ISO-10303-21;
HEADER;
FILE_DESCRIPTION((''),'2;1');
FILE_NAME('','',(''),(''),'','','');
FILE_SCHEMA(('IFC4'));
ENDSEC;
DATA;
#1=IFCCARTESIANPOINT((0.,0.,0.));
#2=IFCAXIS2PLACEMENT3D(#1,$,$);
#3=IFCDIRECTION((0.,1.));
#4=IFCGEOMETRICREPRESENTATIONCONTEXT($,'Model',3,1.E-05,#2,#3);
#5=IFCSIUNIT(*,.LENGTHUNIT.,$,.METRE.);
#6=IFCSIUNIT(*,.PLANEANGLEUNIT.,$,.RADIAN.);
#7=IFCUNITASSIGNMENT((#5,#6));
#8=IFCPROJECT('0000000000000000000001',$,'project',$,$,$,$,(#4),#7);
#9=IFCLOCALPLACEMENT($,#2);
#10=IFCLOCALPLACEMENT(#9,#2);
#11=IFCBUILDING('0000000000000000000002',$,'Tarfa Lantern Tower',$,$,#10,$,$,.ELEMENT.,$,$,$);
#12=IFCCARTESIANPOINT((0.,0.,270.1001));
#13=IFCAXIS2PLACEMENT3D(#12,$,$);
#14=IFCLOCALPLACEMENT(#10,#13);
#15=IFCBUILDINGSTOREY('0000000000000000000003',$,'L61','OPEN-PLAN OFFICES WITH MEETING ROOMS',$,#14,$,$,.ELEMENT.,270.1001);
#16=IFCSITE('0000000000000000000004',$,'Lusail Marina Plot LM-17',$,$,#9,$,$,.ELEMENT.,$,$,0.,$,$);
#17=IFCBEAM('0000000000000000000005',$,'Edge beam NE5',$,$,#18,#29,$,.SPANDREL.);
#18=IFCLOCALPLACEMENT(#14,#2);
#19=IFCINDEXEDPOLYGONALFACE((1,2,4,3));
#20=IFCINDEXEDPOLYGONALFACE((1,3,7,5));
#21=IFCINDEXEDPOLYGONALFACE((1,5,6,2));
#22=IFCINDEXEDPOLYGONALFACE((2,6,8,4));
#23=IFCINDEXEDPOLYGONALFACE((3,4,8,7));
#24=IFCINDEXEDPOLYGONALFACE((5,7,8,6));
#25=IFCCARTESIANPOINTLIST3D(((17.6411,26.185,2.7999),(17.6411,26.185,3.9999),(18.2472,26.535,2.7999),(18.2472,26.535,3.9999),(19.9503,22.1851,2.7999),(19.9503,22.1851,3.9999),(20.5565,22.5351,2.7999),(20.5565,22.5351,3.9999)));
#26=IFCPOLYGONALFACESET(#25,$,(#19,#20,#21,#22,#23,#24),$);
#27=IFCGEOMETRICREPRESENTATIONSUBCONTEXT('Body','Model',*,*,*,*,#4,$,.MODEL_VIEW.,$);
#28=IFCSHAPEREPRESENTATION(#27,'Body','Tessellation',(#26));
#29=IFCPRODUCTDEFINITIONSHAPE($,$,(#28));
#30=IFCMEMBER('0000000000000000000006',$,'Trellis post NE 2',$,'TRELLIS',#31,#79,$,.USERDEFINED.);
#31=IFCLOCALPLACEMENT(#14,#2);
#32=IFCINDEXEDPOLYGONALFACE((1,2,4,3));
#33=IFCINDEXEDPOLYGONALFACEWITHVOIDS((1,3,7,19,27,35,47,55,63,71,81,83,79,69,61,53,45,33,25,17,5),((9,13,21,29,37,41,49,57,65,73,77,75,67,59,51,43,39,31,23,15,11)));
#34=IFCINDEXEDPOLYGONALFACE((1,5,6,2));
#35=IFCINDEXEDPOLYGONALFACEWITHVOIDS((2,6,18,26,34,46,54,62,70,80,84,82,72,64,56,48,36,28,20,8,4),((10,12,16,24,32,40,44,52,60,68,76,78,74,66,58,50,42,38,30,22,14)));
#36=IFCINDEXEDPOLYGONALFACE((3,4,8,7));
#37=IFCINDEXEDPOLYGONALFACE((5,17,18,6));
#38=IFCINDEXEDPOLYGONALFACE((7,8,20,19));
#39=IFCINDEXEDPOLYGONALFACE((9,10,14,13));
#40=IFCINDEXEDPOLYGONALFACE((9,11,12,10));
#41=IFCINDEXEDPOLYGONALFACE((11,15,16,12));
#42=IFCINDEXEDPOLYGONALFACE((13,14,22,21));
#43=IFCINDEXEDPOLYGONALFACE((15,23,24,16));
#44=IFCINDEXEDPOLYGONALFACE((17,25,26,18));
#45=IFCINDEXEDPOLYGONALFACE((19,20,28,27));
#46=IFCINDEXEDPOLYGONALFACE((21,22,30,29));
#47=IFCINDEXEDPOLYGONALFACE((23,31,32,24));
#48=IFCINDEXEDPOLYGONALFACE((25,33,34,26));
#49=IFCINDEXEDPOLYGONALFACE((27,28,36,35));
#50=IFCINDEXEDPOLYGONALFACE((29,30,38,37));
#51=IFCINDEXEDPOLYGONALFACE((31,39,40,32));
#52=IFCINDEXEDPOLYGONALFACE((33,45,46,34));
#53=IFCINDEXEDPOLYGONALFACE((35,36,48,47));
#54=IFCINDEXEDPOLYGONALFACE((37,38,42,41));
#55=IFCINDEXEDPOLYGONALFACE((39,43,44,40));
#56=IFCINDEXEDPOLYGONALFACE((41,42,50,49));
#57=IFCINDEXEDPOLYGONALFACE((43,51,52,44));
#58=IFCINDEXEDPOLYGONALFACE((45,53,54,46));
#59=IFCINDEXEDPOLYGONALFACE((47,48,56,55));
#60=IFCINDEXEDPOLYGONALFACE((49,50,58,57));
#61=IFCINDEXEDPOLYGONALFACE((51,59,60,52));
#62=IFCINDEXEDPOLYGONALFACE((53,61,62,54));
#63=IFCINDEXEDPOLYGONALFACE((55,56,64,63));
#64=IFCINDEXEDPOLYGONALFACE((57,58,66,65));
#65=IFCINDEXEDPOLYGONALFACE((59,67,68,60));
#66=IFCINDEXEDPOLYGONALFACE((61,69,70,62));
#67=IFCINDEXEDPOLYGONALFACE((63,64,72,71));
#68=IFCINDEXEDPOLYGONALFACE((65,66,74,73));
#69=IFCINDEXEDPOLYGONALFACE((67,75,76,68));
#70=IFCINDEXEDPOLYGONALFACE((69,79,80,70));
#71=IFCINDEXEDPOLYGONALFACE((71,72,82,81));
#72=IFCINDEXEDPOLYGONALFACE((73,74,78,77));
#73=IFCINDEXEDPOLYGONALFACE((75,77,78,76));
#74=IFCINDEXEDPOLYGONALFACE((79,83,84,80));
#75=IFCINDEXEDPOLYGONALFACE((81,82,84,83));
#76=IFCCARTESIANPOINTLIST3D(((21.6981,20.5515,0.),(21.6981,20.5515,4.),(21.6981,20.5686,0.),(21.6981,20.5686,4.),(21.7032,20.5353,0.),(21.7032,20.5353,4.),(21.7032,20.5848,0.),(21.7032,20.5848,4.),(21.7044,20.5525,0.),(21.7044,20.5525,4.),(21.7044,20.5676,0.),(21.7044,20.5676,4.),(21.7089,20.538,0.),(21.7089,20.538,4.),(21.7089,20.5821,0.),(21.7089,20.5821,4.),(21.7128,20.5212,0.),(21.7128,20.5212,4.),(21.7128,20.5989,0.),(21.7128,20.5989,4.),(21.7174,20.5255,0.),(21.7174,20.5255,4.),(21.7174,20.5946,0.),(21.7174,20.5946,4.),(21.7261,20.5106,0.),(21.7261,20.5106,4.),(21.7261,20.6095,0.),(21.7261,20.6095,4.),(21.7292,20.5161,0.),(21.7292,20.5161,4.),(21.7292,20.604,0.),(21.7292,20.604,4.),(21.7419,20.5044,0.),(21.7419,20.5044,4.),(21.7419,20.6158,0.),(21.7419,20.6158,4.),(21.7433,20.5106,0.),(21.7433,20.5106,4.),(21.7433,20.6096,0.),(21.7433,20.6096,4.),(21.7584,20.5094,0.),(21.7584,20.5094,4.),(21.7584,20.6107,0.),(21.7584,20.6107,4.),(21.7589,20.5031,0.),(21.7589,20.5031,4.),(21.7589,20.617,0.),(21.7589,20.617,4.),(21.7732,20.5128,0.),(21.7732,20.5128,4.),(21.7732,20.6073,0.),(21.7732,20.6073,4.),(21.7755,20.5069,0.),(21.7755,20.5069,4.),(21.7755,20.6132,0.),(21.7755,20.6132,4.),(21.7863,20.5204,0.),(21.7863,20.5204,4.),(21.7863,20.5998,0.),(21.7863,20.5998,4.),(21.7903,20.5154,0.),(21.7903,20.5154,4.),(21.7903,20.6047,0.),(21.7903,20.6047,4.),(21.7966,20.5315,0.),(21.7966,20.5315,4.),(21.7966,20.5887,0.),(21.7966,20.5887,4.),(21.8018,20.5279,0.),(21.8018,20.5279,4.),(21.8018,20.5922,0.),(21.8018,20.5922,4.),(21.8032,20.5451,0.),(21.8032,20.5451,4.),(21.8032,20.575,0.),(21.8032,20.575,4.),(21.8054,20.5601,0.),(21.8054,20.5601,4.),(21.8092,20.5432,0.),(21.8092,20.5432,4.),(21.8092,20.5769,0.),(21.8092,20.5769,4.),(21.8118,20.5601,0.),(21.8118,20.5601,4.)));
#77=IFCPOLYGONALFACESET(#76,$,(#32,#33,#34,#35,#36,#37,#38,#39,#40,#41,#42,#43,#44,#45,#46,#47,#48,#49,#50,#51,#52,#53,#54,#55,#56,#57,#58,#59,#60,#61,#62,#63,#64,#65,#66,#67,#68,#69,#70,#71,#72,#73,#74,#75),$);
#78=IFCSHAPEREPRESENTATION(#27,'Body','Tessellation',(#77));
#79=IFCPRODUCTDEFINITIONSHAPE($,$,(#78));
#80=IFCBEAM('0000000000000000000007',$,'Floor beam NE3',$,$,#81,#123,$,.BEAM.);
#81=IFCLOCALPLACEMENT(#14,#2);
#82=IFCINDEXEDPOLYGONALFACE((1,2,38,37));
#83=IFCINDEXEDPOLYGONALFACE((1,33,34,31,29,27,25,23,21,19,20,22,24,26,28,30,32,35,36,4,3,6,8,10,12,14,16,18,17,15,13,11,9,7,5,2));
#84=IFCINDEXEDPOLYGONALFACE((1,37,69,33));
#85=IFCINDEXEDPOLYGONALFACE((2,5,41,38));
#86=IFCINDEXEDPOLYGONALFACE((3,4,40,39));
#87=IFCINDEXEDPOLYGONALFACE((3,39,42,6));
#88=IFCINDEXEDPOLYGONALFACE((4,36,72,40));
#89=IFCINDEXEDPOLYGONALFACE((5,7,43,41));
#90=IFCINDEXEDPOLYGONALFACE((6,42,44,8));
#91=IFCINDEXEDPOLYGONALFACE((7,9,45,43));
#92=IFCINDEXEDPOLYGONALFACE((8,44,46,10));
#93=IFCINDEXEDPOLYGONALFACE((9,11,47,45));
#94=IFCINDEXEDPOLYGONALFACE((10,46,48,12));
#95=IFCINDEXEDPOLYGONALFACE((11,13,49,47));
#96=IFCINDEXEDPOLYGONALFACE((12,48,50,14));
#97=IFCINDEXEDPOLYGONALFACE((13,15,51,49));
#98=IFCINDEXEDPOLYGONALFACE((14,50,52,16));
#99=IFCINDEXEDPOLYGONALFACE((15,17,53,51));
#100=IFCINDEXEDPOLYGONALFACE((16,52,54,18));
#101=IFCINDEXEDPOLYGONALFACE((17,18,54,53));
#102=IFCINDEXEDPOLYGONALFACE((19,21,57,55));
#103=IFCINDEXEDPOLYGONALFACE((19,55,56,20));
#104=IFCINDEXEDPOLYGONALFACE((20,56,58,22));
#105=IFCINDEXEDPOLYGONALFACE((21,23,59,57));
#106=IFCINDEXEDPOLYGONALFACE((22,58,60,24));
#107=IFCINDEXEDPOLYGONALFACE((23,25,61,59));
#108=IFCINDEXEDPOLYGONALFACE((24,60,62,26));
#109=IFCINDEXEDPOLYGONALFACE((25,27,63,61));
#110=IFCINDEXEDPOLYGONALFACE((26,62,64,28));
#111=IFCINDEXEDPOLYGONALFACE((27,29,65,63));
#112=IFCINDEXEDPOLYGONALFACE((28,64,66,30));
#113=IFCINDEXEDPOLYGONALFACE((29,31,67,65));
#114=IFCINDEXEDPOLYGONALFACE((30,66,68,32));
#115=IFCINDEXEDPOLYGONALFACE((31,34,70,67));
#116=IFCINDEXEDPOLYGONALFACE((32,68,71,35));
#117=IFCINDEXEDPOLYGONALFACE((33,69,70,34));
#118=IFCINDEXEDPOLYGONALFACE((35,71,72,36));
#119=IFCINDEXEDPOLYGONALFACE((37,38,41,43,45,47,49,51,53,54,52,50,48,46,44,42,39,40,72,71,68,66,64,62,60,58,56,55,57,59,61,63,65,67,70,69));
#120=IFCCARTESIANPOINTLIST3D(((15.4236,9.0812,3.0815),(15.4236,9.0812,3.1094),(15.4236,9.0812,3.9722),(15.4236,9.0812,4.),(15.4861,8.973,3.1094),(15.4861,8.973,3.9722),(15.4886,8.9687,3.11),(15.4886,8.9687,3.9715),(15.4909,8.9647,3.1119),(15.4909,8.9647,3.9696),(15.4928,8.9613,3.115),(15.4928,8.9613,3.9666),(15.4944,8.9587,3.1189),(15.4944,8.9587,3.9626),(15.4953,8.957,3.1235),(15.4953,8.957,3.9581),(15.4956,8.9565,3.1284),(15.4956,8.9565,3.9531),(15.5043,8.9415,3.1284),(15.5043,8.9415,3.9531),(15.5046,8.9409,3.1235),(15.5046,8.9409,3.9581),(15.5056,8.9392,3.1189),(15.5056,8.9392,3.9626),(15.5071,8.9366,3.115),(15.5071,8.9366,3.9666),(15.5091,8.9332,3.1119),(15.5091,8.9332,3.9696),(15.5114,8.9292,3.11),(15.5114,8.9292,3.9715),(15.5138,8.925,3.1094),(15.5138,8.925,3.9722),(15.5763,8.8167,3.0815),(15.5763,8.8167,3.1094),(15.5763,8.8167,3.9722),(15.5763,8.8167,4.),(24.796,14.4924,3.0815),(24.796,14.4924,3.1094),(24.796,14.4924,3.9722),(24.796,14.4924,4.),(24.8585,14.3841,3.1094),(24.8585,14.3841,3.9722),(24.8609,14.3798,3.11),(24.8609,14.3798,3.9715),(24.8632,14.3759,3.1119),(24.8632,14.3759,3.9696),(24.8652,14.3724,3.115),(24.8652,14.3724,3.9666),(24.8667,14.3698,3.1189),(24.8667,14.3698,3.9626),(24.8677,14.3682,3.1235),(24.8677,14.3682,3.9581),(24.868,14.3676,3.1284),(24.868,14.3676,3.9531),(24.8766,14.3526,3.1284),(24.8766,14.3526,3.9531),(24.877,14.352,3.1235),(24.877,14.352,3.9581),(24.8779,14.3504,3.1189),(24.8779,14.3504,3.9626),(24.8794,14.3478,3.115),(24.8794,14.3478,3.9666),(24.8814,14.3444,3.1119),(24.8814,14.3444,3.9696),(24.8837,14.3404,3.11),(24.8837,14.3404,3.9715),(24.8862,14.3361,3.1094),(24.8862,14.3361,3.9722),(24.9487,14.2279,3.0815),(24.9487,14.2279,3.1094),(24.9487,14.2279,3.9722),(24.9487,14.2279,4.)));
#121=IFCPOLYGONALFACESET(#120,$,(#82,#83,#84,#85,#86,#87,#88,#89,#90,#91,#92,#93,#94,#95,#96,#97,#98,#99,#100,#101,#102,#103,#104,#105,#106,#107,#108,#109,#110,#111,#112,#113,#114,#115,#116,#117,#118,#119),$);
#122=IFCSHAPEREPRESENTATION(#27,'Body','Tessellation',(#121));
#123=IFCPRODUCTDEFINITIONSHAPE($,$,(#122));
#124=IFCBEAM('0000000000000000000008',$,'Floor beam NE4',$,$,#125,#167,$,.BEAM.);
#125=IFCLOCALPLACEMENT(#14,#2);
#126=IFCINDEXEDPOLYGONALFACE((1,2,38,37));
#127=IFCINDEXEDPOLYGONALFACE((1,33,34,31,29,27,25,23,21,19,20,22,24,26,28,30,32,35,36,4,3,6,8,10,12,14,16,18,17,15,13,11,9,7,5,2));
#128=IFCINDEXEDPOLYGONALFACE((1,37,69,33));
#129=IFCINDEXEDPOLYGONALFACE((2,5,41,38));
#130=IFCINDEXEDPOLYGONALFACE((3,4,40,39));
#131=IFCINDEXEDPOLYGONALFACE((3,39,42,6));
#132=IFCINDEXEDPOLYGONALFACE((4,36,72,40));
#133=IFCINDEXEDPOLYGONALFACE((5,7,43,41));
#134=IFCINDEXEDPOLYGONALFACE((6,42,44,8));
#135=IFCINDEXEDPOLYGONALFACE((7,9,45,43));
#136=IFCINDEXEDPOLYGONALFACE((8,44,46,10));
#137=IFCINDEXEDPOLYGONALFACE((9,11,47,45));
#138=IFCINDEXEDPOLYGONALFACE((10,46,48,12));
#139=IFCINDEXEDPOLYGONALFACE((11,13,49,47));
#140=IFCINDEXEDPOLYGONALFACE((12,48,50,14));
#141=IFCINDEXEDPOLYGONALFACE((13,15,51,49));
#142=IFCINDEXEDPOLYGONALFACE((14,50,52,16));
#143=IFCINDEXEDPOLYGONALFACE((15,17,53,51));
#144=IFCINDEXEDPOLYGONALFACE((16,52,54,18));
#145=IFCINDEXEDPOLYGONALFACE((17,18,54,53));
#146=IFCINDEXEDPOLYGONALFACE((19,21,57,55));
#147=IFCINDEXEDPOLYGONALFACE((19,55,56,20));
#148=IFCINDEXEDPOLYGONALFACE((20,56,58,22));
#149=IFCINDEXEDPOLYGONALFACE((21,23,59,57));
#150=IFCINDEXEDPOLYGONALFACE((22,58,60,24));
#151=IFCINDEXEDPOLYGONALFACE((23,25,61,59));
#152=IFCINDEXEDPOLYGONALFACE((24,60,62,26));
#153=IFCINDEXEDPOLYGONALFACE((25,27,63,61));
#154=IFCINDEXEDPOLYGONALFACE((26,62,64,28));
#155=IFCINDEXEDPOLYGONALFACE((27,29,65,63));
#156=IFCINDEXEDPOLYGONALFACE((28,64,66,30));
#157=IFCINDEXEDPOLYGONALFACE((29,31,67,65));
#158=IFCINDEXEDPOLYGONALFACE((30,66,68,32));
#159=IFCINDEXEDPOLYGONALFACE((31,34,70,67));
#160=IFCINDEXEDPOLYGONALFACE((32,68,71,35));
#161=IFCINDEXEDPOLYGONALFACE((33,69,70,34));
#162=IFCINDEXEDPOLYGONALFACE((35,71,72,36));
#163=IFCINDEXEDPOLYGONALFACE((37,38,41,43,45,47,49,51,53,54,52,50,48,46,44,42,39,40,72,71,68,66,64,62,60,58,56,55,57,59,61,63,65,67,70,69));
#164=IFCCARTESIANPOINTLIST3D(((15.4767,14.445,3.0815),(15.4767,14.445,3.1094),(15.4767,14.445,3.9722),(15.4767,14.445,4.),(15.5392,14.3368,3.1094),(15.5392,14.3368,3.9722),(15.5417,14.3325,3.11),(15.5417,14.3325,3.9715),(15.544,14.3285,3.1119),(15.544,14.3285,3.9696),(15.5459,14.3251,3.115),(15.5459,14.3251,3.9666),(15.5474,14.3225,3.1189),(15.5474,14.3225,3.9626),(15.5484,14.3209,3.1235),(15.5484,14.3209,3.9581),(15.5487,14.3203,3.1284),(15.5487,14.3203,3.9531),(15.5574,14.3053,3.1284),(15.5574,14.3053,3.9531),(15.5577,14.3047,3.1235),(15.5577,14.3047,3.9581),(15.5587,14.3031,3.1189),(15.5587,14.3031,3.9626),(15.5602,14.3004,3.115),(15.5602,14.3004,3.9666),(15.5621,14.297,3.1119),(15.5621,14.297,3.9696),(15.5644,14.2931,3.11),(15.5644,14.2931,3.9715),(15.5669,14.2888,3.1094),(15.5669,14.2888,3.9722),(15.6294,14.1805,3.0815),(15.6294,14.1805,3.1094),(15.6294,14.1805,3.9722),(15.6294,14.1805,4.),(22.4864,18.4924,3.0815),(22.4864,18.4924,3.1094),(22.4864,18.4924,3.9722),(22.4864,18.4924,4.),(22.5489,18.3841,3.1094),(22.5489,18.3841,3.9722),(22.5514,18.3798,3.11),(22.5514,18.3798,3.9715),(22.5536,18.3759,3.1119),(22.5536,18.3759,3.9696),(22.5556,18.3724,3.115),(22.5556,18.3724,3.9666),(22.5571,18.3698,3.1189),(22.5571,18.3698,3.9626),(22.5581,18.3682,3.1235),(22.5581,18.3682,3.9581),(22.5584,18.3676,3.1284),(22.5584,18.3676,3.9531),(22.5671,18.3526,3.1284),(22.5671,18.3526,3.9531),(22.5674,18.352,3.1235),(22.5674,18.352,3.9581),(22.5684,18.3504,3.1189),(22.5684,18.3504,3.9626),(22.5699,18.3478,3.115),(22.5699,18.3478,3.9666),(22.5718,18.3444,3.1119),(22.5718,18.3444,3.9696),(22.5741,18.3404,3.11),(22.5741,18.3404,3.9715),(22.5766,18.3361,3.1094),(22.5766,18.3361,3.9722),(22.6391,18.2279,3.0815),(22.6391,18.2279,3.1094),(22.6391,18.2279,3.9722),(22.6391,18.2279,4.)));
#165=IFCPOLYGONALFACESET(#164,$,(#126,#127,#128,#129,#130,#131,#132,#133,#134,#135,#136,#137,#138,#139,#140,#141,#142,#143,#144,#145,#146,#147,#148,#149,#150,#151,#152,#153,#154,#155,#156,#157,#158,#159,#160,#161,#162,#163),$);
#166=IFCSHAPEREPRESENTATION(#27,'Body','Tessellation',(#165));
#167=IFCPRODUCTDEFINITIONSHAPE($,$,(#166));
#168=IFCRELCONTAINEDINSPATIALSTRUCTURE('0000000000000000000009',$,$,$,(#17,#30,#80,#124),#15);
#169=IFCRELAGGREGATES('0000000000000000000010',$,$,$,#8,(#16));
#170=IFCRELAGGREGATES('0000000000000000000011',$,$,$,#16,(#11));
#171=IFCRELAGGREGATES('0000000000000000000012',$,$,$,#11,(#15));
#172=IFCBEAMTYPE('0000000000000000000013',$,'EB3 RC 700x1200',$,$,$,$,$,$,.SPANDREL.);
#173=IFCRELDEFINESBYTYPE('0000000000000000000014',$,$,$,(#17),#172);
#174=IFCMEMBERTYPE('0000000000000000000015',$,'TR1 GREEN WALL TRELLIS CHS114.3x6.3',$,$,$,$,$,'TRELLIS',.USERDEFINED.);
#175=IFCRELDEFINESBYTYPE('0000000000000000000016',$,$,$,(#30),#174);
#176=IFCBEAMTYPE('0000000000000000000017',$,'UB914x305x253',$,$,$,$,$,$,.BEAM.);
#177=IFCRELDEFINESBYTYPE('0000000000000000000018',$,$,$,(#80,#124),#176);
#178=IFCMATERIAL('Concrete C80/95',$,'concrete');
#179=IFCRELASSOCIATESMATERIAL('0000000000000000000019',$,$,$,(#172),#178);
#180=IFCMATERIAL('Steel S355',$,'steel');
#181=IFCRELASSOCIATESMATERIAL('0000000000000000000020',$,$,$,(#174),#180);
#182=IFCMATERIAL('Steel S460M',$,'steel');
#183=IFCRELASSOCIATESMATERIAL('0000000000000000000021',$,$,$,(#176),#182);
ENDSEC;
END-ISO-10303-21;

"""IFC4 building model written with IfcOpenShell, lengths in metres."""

from ifc_helpers import new_model, si_unit, direction, frame, origin, origin_2d, place, context, subcontext, project, spatial, rectangle, hollow_circle, i_section, extrude, material, material_profile, profile_set, type_object, element, save


model = new_model("IFC4")

# Units and contexts
model_context = context("Model", 3, precision=1e-05, world=origin(), true_north=direction((0.0, 1.0)))
body_context = subcontext(model_context, "Body", "Model", "MODEL_VIEW")
ifc_project = project(units=[si_unit("LENGTHUNIT", "METRE"), si_unit("PLANEANGLEUNIT", "RADIAN")], contexts=[model_context])

# Site, building, storey
site_placement = place(None, origin())
site = spatial("IfcSite", under=ifc_project, at=site_placement, Name="Lusail Marina Plot LM-17", CompositionType="ELEMENT", RefElevation=0.0)
building_placement = place(site_placement, origin())
building = spatial("IfcBuilding", under=site, at=building_placement, Name="Tarfa Lantern Tower", CompositionType="ELEMENT")
storey_placement = place(building_placement, frame((0.0, 0.0, 270.1001)))
storey = spatial("IfcBuildingStorey", under=building, at=storey_placement, Name="L61", Description="OPEN-PLAN OFFICES WITH MEETING ROOMS", CompositionType="ELEMENT", Elevation=270.1001)

# Shared definitions
ifc_material_1 = material(Name="Concrete C80/95", Category="concrete")

# Beam
ifc_material_profile_1 = material_profile(ifc_material_1, rectangle(XDim=0.7, YDim=1.2, at=origin_2d()), Name="RC 700x1200")
ifc_profile_set_1 = profile_set([ifc_material_profile_1], Name="Concrete C80/95")
beam_type_1 = type_object("IfcBeamType", Name="EB3 RC 700x1200", PredefinedType="SPANDREL", material=ifc_profile_set_1)
for number, where, z_axis, x_axis, name in (
    (1, (20.2534, 22.3601, 3.3999), (-0.499988, 0.866032, 0.0), (-0.866032, -0.499988, 0.0), "Edge beam NE5"),
):
    element("IfcBeam", number, at=place(storey_placement, frame(where, z_axis=z_axis, x_axis=x_axis)), inside=storey, type_object=beam_type_1, Name=name, PredefinedType="SPANDREL", context=body_context, shape_type="SweptSolid", body=[
        extrude(rectangle(XDim=0.7, YDim=1.2, at=origin_2d()), origin(), (0.0, 0.0, 1.0), 4.6187),
    ])

# Member
ifc_material_2 = material(Name="Steel S355", Category="steel")
ifc_material_profile_2 = material_profile(ifc_material_2, hollow_circle(Radius=0.0571, WallThickness=0.0063, at=origin_2d()), Name="CHS114.3x6.3")
ifc_profile_set_2 = profile_set([ifc_material_profile_2], Name="Steel S355")
member_type_1 = type_object("IfcMemberType", Name="TR1 GREEN WALL TRELLIS CHS114.3x6.3", ElementType="TRELLIS", PredefinedType="USERDEFINED", material=ifc_profile_set_2)
member_1_placement = place(storey_placement, frame((21.7546, 20.5601, 0.0), z_axis=(0.0, 0.0, 1.0), x_axis=(1.0, 0.0, 0.0)))
element("IfcMember", 2, at=member_1_placement, inside=storey, type_object=member_type_1, Name="Trellis post NE 2", ObjectType="TRELLIS", PredefinedType="USERDEFINED", context=body_context, shape_type="SweptSolid", body=[
    extrude(hollow_circle(Radius=0.0571, WallThickness=0.0063, at=origin_2d()), origin(), (0.0, 0.0, 1.0), 4.0),
])

# Beams
ifc_material_3 = material(Name="Steel S460M", Category="steel")
ifc_material_profile_3 = material_profile(ifc_material_3, i_section(OverallWidth=0.3054, OverallDepth=0.9185, WebThickness=0.0173, FlangeThickness=0.0278, FilletRadius=0.019, at=origin_2d()), Name="UB914x305x253")
ifc_profile_set_3 = profile_set([ifc_material_profile_3], Name="Steel S460M")
beam_type_2 = type_object("IfcBeamType", Name="UB914x305x253", PredefinedType="BEAM", material=ifc_profile_set_3)
beam_1_placement = place(storey_placement, frame((24.8723, 14.3601, 3.5408), z_axis=(-0.866024, -0.500002, 0.0), x_axis=(0.500002, -0.866024, 0.0)))
element("IfcBeam", 3, at=beam_1_placement, inside=storey, type_object=beam_type_2, Name="Floor beam NE3", PredefinedType="BEAM", context=body_context, shape_type="SweptSolid", body=[
    extrude(i_section(OverallWidth=0.3054, OverallDepth=0.9185, WebThickness=0.0173, FlangeThickness=0.0278, FilletRadius=0.019, at=origin_2d()), origin(), (0.0, 0.0, 1.0), 10.8223),
])
beam_2_placement = place(storey_placement, frame((22.5627, 18.3601, 3.5408), z_axis=(-0.866011, -0.500025, 0.0), x_axis=(0.500025, -0.866011, 0.0)))
element("IfcBeam", 4, at=beam_2_placement, inside=storey, type_object=beam_type_2, Name="Floor beam NE4", PredefinedType="BEAM", context=body_context, shape_type="SweptSolid", body=[
    extrude(i_section(OverallWidth=0.3054, OverallDepth=0.9185, WebThickness=0.0173, FlangeThickness=0.0278, FilletRadius=0.019, at=origin_2d()), origin(), (0.0, 0.0, 1.0), 8.0942),
])

save(model, "model.ifc")
